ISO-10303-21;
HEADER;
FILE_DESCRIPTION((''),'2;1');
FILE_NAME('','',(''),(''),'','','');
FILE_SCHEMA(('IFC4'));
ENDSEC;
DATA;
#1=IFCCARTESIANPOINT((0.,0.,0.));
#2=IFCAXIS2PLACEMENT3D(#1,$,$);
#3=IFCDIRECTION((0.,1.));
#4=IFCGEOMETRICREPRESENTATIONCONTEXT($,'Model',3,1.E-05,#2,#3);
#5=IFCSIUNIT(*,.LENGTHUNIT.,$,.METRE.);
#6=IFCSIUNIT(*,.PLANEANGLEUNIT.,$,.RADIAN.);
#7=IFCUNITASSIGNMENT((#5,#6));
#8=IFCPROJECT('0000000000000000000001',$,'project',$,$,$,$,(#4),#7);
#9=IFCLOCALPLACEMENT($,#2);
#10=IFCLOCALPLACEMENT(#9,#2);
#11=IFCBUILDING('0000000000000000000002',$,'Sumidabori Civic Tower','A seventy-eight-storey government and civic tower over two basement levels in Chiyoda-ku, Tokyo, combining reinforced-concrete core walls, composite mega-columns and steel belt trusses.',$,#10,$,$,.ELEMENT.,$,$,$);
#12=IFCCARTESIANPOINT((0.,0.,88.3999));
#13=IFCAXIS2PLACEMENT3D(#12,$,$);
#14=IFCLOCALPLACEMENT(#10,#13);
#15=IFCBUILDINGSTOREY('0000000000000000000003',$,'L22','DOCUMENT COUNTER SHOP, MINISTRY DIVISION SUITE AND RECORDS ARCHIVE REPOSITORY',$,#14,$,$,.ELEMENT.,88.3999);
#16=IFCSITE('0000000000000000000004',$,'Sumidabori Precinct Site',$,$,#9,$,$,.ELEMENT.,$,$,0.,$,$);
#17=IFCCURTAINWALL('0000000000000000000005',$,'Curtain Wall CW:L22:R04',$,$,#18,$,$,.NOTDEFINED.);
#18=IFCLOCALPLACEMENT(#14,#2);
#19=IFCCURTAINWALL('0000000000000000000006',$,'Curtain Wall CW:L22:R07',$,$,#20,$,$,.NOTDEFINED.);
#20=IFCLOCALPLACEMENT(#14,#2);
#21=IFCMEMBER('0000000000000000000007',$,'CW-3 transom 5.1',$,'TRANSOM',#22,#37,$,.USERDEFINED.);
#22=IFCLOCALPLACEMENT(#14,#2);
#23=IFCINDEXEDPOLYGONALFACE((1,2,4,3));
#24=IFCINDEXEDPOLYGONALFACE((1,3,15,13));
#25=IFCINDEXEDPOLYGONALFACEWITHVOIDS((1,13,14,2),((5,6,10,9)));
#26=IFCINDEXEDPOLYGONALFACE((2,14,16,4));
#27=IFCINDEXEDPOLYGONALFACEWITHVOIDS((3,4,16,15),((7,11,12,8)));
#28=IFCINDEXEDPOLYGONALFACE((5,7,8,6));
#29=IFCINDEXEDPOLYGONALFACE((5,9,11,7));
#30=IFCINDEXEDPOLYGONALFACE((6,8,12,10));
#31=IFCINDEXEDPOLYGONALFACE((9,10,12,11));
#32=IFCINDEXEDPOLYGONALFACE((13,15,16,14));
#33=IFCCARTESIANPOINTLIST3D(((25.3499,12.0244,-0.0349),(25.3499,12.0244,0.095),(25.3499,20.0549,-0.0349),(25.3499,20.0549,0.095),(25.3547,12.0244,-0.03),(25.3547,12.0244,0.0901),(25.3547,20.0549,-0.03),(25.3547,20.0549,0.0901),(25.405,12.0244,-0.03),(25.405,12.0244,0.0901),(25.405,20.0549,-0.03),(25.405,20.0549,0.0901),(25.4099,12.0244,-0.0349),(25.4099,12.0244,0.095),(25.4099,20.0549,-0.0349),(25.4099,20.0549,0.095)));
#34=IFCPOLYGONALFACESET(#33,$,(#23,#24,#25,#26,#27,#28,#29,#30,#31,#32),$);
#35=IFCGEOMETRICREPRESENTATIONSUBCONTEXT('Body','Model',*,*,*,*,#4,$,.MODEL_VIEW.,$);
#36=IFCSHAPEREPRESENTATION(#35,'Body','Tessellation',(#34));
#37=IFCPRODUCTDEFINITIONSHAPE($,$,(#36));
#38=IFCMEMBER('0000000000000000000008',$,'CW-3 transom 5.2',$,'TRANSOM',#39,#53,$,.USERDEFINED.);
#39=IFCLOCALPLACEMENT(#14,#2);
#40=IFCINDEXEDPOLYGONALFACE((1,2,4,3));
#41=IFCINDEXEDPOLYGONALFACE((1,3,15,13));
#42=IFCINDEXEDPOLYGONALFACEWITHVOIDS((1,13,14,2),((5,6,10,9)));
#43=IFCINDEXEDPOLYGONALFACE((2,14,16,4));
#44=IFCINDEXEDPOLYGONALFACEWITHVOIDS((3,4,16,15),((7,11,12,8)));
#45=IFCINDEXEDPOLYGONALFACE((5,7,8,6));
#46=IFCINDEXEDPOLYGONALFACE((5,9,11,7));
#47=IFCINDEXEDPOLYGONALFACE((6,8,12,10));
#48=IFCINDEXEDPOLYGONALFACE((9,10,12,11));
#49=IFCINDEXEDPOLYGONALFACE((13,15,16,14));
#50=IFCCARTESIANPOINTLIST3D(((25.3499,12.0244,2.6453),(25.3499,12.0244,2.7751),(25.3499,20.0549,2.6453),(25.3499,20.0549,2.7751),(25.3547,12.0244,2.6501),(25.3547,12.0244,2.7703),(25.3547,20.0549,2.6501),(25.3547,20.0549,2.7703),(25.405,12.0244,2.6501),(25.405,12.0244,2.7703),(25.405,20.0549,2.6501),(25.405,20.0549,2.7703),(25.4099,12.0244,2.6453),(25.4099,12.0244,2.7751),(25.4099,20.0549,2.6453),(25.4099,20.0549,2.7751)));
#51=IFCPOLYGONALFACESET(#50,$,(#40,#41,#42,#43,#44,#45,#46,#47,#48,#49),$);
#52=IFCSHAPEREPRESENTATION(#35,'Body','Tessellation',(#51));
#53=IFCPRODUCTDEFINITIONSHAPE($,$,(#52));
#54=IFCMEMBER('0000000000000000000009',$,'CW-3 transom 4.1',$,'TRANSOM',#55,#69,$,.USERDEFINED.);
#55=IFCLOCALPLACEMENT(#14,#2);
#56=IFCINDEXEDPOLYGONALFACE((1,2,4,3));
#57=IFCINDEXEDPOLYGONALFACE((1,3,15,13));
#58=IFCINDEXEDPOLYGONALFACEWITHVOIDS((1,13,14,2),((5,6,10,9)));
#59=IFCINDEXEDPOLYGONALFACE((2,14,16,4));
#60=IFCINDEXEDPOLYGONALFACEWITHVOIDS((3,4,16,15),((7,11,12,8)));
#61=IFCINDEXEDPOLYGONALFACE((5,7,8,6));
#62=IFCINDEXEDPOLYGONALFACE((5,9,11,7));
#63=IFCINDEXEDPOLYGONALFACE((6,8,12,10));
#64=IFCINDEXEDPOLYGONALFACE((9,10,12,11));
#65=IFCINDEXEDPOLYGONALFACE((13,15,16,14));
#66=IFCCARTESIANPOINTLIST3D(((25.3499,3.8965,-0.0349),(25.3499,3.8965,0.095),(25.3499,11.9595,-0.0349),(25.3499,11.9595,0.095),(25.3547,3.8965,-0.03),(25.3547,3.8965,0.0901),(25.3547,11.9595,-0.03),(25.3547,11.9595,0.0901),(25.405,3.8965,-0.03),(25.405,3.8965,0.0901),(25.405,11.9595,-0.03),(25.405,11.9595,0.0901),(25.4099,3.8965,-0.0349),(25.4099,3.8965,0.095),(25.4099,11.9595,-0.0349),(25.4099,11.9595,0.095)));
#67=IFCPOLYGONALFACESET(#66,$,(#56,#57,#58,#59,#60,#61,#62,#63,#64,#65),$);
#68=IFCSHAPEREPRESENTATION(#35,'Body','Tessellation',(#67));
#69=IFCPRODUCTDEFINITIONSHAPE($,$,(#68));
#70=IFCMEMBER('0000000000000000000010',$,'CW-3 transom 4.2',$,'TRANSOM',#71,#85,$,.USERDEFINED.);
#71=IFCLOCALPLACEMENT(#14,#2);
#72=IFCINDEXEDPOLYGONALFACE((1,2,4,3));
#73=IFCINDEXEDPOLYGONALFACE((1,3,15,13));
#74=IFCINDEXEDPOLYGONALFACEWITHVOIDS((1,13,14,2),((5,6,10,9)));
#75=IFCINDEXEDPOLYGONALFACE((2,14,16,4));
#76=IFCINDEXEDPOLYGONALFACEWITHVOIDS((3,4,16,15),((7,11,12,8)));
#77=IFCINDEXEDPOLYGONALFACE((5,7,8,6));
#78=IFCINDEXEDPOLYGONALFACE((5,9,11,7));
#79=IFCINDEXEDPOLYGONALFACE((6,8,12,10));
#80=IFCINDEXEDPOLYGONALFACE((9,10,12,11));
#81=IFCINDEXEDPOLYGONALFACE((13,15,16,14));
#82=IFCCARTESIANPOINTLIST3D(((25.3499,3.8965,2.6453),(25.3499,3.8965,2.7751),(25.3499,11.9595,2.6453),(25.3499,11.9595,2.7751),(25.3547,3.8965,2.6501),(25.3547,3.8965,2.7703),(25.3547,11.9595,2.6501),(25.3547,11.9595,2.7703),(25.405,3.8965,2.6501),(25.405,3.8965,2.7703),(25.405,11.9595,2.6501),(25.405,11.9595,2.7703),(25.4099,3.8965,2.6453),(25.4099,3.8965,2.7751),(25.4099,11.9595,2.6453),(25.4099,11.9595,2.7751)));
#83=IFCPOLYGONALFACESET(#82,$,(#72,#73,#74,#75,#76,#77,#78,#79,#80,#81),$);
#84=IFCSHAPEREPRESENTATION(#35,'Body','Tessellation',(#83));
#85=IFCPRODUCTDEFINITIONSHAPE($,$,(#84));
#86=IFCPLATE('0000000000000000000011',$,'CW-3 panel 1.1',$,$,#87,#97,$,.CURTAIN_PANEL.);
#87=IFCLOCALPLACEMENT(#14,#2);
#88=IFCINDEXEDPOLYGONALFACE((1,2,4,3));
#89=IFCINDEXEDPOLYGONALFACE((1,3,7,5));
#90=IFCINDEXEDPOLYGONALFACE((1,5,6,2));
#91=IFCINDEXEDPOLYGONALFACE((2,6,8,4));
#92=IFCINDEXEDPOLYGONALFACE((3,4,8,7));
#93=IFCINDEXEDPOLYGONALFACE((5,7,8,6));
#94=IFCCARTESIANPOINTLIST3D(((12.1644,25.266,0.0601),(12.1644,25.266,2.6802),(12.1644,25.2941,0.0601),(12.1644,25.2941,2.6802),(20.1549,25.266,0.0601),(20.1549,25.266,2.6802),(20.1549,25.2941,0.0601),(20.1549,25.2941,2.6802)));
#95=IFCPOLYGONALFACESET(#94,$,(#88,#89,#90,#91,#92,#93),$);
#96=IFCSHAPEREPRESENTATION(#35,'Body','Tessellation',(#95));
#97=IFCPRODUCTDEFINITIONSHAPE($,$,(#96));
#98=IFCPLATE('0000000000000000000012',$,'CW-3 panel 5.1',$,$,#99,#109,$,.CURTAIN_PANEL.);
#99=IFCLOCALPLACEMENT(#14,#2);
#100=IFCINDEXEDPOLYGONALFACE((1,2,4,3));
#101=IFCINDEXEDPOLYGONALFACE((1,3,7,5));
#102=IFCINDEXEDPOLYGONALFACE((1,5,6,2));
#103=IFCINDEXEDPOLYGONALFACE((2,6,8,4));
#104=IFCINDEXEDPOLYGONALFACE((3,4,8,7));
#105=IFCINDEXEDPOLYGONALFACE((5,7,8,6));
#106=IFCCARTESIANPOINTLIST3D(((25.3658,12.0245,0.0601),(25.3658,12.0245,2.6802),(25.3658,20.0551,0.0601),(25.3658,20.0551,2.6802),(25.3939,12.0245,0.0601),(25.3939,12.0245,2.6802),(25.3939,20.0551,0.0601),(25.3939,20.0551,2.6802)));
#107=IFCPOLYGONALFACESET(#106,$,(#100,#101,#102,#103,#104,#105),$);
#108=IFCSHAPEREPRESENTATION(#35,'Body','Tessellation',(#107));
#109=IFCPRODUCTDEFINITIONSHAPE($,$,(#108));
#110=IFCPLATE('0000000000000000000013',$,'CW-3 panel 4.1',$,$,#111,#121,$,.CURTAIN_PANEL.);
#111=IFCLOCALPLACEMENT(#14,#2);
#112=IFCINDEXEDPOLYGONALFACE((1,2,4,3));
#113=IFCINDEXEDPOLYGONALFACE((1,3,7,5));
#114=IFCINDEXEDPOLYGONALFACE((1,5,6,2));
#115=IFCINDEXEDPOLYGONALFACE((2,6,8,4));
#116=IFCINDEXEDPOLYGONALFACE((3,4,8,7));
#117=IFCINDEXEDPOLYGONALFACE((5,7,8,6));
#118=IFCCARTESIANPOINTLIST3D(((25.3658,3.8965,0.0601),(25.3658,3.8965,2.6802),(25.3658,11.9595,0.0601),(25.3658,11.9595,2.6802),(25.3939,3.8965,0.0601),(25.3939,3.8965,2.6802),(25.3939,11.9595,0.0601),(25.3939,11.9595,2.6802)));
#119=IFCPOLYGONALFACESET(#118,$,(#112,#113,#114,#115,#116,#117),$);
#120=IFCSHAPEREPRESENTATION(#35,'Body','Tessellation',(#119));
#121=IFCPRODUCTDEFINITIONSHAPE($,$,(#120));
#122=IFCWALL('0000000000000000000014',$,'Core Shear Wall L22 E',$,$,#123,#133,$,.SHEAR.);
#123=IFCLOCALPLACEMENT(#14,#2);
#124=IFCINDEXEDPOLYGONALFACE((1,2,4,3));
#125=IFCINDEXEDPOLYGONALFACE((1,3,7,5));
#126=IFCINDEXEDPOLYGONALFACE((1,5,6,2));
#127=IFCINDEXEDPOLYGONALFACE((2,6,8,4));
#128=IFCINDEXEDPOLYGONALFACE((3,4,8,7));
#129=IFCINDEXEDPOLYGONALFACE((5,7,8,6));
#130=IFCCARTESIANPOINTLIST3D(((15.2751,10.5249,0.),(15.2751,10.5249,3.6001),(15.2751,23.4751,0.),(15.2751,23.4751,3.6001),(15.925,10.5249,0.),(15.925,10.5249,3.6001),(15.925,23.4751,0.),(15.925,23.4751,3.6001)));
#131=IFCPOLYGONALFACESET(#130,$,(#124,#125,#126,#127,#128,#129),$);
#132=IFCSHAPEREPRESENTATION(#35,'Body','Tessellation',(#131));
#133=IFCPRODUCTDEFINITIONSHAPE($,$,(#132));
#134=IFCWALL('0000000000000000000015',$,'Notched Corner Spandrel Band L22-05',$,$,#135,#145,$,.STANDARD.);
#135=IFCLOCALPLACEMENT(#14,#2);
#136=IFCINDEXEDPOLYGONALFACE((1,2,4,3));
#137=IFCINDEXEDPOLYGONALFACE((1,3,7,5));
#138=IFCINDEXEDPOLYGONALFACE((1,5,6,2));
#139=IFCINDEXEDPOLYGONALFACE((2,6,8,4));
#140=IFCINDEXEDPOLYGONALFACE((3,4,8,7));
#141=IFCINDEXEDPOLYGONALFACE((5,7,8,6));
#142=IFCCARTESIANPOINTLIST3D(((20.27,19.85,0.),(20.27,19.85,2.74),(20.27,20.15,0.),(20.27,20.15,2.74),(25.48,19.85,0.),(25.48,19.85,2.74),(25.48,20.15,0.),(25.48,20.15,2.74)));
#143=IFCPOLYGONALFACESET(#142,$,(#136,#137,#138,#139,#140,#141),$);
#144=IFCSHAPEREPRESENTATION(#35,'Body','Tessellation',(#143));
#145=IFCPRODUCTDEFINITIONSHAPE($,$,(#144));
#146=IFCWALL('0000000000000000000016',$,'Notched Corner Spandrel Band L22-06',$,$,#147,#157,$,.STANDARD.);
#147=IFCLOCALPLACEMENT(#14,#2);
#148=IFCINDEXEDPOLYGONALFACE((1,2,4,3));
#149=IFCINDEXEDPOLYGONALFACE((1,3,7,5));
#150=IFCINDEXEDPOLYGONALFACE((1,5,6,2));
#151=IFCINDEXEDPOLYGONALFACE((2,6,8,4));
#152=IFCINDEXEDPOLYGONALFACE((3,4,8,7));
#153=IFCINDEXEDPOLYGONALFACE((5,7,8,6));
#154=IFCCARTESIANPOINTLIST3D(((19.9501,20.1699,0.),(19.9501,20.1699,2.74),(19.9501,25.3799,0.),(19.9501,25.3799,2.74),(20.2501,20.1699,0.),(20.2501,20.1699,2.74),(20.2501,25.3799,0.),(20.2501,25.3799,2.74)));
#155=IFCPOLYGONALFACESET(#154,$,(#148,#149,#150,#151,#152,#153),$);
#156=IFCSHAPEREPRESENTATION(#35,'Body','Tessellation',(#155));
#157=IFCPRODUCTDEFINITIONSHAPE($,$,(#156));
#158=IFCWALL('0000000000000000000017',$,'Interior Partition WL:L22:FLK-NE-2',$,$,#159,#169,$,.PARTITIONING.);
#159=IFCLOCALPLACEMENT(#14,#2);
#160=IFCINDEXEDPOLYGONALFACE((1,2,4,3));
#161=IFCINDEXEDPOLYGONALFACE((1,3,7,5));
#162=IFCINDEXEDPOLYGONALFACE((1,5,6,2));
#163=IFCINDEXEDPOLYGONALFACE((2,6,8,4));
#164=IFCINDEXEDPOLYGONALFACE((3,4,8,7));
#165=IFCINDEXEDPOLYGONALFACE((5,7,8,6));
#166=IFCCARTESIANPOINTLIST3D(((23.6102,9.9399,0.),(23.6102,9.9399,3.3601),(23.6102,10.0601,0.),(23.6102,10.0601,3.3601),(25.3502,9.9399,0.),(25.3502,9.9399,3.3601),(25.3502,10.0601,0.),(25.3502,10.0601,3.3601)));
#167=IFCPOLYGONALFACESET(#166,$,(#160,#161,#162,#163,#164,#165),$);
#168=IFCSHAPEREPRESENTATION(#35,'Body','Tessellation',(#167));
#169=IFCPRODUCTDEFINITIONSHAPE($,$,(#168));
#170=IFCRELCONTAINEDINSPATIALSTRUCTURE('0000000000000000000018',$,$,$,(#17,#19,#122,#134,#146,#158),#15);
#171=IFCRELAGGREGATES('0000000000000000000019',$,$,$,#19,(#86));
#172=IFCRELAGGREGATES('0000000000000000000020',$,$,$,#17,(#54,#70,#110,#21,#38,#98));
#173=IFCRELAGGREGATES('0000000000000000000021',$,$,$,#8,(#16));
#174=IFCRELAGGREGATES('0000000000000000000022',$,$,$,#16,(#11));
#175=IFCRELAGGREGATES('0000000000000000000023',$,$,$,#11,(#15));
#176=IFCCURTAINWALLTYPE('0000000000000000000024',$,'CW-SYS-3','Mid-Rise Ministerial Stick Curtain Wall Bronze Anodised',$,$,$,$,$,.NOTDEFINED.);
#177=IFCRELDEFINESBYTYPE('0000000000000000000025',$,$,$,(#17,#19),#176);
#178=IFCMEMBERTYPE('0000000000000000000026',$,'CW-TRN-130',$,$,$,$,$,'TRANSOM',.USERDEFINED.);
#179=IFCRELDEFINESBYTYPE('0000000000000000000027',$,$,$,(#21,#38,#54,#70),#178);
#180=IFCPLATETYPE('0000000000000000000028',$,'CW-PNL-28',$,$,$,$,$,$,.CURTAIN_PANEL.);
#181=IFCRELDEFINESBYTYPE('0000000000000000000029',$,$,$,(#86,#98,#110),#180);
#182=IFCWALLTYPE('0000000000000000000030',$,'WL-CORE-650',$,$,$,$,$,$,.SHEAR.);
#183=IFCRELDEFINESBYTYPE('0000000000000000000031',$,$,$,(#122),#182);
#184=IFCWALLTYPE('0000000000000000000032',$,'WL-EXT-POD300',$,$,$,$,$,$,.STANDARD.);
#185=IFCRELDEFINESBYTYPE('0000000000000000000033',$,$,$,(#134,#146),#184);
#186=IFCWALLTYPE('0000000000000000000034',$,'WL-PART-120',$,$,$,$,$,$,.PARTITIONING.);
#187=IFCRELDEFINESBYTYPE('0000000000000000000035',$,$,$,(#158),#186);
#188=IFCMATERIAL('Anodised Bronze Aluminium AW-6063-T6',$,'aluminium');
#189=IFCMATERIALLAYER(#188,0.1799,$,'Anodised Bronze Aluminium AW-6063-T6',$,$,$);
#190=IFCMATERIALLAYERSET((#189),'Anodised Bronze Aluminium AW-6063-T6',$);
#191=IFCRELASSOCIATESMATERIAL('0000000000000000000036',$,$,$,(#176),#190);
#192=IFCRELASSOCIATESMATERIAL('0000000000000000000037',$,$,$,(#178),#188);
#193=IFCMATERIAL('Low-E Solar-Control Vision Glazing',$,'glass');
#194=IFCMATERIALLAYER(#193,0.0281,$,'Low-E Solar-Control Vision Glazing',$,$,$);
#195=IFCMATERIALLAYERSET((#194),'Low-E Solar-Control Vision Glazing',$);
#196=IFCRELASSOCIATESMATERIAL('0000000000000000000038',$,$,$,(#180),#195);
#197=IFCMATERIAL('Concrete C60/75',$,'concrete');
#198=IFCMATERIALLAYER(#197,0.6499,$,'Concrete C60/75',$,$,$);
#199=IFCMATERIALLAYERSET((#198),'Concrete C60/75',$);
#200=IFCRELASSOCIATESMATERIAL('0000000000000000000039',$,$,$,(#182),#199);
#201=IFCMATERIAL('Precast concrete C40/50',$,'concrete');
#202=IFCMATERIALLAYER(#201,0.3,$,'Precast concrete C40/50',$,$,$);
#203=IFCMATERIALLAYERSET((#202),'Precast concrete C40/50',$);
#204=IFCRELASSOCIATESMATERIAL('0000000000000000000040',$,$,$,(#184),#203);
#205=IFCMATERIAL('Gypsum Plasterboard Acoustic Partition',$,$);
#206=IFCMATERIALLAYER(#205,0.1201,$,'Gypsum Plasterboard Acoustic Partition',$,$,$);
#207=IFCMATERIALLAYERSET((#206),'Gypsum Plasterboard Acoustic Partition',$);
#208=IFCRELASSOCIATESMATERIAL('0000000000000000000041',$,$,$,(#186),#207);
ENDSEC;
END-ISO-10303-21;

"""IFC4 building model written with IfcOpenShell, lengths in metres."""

from ifc_helpers import new_model, si_unit, direction, frame, frame_2d, origin, origin_2d, place, context, subcontext, project, spatial, rectangle, hollow_rectangle, extrude, source, transform, mapped, material, layer, layer_set, material_profile, profile_set, type_object, element, aggregate, save


model = new_model("IFC4")

# Units and contexts
model_context = context("Model", 3, precision=1e-05, world=origin(), true_north=direction((0.0, 1.0)))
body_context = subcontext(model_context, "Body", "Model", "MODEL_VIEW")
ifc_project = project(units=[si_unit("LENGTHUNIT", "METRE"), si_unit("PLANEANGLEUNIT", "RADIAN")], contexts=[model_context])

# Site, building, storey
site_placement = place(None, origin())
site = spatial("IfcSite", under=ifc_project, at=site_placement, Name="Sumidabori Precinct Site", CompositionType="ELEMENT", RefElevation=0.0)
building_placement = place(site_placement, origin())
building = spatial("IfcBuilding", under=site, at=building_placement, Name="Sumidabori Civic Tower", Description="A seventy-eight-storey government and civic tower over two basement levels in Chiyoda-ku, Tokyo, combining reinforced-concrete core walls, composite mega-columns and steel belt trusses.", CompositionType="ELEMENT")
storey_placement = place(building_placement, frame((0.0, 0.0, 88.3999)))
storey = spatial("IfcBuildingStorey", under=building, at=storey_placement, Name="L22", Description="DOCUMENT COUNTER SHOP, MINISTRY DIVISION SUITE AND RECORDS ARCHIVE REPOSITORY", CompositionType="ELEMENT", Elevation=88.3999)

# Shared definitions
ifc_material_1 = material(Name="Concrete C60/75", Category="concrete")

# Curtain walls
ifc_material_2 = material(Name="Anodised Bronze Aluminium AW-6063-T6", Category="aluminium")
ifc_layer_1 = layer(ifc_material_2, 0.1799, Name="Anodised Bronze Aluminium AW-6063-T6")
ifc_layer_set_1 = layer_set([ifc_layer_1], Name="Anodised Bronze Aluminium AW-6063-T6")
curtain_wall_type = type_object("IfcCurtainWallType", Name="CW-SYS-3", Description="Mid-Rise Ministerial Stick Curtain Wall Bronze Anodised", PredefinedType="NOTDEFINED", material=ifc_layer_set_1)
curtain_wall_1_placement = place(storey_placement, origin())
curtain_wall_1 = element("IfcCurtainWall", 1, at=curtain_wall_1_placement, inside=storey, type_object=curtain_wall_type, Name="Curtain Wall CW:L22:R04", PredefinedType="NOTDEFINED")
curtain_wall_2_placement = place(storey_placement, origin())
curtain_wall_2 = element("IfcCurtainWall", 2, at=curtain_wall_2_placement, inside=storey, type_object=curtain_wall_type, Name="Curtain Wall CW:L22:R07", PredefinedType="NOTDEFINED")
ifc_material_profile_1 = material_profile(ifc_material_2, hollow_rectangle(XDim=0.0601, YDim=0.1299, WallThickness=0.0049, at=origin_2d()), Name="ALU TRANSOM 130x60")
ifc_profile_set_1 = profile_set([ifc_material_profile_1], Name="Anodised Bronze Aluminium AW-6063-T6")
member_type_1 = type_object("IfcMemberType", Name="CW-TRN-130", ElementType="TRANSOM", PredefinedType="USERDEFINED", material=ifc_profile_set_1)

# Members
shared_shape_1 = source(origin(), body_context, "Body", "SweptSolid", [
    extrude(hollow_rectangle(XDim=0.0601, YDim=0.1299, WallThickness=0.0049, at=origin_2d()), origin(), (0.0, 0.0, 1.0), 8.0305),
])
member_1_placement = place(storey_placement, frame((25.3799, 12.0244, 0.03), z_axis=(0.0, 1.0, 0.0), x_axis=(-1.0, 0.0, 0.0)))
member_1 = element("IfcMember", 3, at=member_1_placement, type_object=member_type_1, Name="CW-3 transom 5.1", ObjectType="TRANSOM", PredefinedType="USERDEFINED", context=body_context, shape_type="MappedRepresentation", body=[
    mapped(shared_shape_1, transform((0.0, 0.0, 0.0), x_axis=(1.0, 0.0, 0.0), y_axis=(0.0, 1.0, 0.0), z_axis=(0.0, 0.0, 1.0), scale=1.0)),
])
member_2_placement = place(storey_placement, frame((25.3799, 12.0244, 2.7102), z_axis=(0.0, 1.0, 0.0), x_axis=(-1.0, 0.0, 0.0)))
member_2 = element("IfcMember", 4, at=member_2_placement, type_object=member_type_1, Name="CW-3 transom 5.2", ObjectType="TRANSOM", PredefinedType="USERDEFINED", context=body_context, shape_type="MappedRepresentation", body=[
    mapped(shared_shape_1, transform((0.0, 0.0, 0.0), x_axis=(1.0, 0.0, 0.0), y_axis=(0.0, 1.0, 0.0), z_axis=(0.0, 0.0, 1.0), scale=1.0)),
])
shared_shape_2 = source(origin(), body_context, "Body", "SweptSolid", [
    extrude(hollow_rectangle(XDim=0.0601, YDim=0.1299, WallThickness=0.0049, at=origin_2d()), origin(), (0.0, 0.0, 1.0), 8.063),
])
member_3_placement = place(storey_placement, frame((25.3799, 3.8965, 0.03), z_axis=(0.0, 1.0, 0.0), x_axis=(-1.0, 0.0, 0.0)))
member_3 = element("IfcMember", 5, at=member_3_placement, type_object=member_type_1, Name="CW-3 transom 4.1", ObjectType="TRANSOM", PredefinedType="USERDEFINED", context=body_context, shape_type="MappedRepresentation", body=[
    mapped(shared_shape_2, transform((0.0, 0.0, 0.0), x_axis=(1.0, 0.0, 0.0), y_axis=(0.0, 1.0, 0.0), z_axis=(0.0, 0.0, 1.0), scale=1.0)),
])
member_4_placement = place(storey_placement, frame((25.3799, 3.8965, 2.7102), z_axis=(0.0, 1.0, 0.0), x_axis=(-1.0, 0.0, 0.0)))
member_4 = element("IfcMember", 6, at=member_4_placement, type_object=member_type_1, Name="CW-3 transom 4.2", ObjectType="TRANSOM", PredefinedType="USERDEFINED", context=body_context, shape_type="MappedRepresentation", body=[
    mapped(shared_shape_2, transform((0.0, 0.0, 0.0), x_axis=(1.0, 0.0, 0.0), y_axis=(0.0, 1.0, 0.0), z_axis=(0.0, 0.0, 1.0), scale=1.0)),
])

# Plates
ifc_material_3 = material(Name="Low-E Solar-Control Vision Glazing", Category="glass")
ifc_layer_2 = layer(ifc_material_3, 0.0281, Name="Low-E Solar-Control Vision Glazing")
ifc_layer_set_2 = layer_set([ifc_layer_2], Name="Low-E Solar-Control Vision Glazing")
plate_type = type_object("IfcPlateType", Name="CW-PNL-28", PredefinedType="CURTAIN_PANEL", material=ifc_layer_set_2)
shared_shape_3 = source(origin(), body_context, "Body", "SweptSolid", [
    extrude(rectangle(XDim=7.9905, YDim=0.0281, at=origin_2d()), origin(), (0.0, 0.0, 1.0), 2.6201),
])
plate_1_placement = place(storey_placement, frame((16.1597, 25.28, 0.0601), z_axis=(0.0, 0.0, 1.0), x_axis=(-1.0, 0.0, 0.0)))
plate_1 = element("IfcPlate", 7, at=plate_1_placement, type_object=plate_type, Name="CW-3 panel 1.1", PredefinedType="CURTAIN_PANEL", context=body_context, shape_type="MappedRepresentation", body=[
    mapped(shared_shape_3, transform((0.0, 0.0, 0.0), x_axis=(1.0, 0.0, 0.0), y_axis=(0.0, 1.0, 0.0), z_axis=(0.0, 0.0, 1.0), scale=1.0)),
])
aggregate(curtain_wall_2, [plate_1])
shared_shape_4 = source(origin(), body_context, "Body", "SweptSolid", [
    extrude(rectangle(XDim=8.0305, YDim=0.0281, at=origin_2d()), origin(), (0.0, 0.0, 1.0), 2.6201),
])
plate_2_placement = place(storey_placement, frame((25.3799, 16.0398, 0.0601), z_axis=(0.0, 0.0, 1.0), x_axis=(0.0, 1.0, 0.0)))
plate_2 = element("IfcPlate", 8, at=plate_2_placement, type_object=plate_type, Name="CW-3 panel 5.1", PredefinedType="CURTAIN_PANEL", context=body_context, shape_type="MappedRepresentation", body=[
    mapped(shared_shape_4, transform((0.0, 0.0, 0.0), x_axis=(1.0, 0.0, 0.0), y_axis=(0.0, 1.0, 0.0), z_axis=(0.0, 0.0, 1.0), scale=1.0)),
])
shared_shape_5 = source(origin(), body_context, "Body", "SweptSolid", [
    extrude(rectangle(XDim=8.063, YDim=0.0281, at=origin_2d()), origin(), (0.0, 0.0, 1.0), 2.6201),
])
plate_3_placement = place(storey_placement, frame((25.3799, 7.928, 0.0601), z_axis=(0.0, 0.0, 1.0), x_axis=(0.0, 1.0, 0.0)))
plate_3 = element("IfcPlate", 9, at=plate_3_placement, type_object=plate_type, Name="CW-3 panel 4.1", PredefinedType="CURTAIN_PANEL", context=body_context, shape_type="MappedRepresentation", body=[
    mapped(shared_shape_5, transform((0.0, 0.0, 0.0), x_axis=(1.0, 0.0, 0.0), y_axis=(0.0, 1.0, 0.0), z_axis=(0.0, 0.0, 1.0), scale=1.0)),
])
aggregate(curtain_wall_1, [member_3, member_4, plate_3, member_1, member_2, plate_2])

# Walls
ifc_layer_3 = layer(ifc_material_1, 0.6499, Name="Concrete C60/75")
ifc_layer_set_3 = layer_set([ifc_layer_3], Name="Concrete C60/75")
wall_type_1 = type_object("IfcWallType", Name="WL-CORE-650", PredefinedType="SHEAR", material=ifc_layer_set_3)
shared_shape_6 = source(origin(), body_context, "Body", "SweptSolid", [
    extrude(rectangle(XDim=12.9502, YDim=0.6499, at=frame_2d((6.4751, 0.0))), origin(), (0.0, 0.0, 1.0), 3.6001),
])
wall_1_placement = place(storey_placement, frame((15.6001, 10.5249, 0.0), z_axis=(0.0, 0.0, 1.0), x_axis=(0.0, 1.0, 0.0)))
element("IfcWall", 10, at=wall_1_placement, inside=storey, type_object=wall_type_1, Name="Core Shear Wall L22 E", PredefinedType="SHEAR", context=body_context, shape_type="MappedRepresentation", body=[
    mapped(shared_shape_6, transform((0.0, 0.0, 0.0), x_axis=(1.0, 0.0, 0.0), y_axis=(0.0, 1.0, 0.0), z_axis=(0.0, 0.0, 1.0), scale=1.0)),
])
ifc_material_4 = material(Name="Precast concrete C40/50", Category="concrete")
ifc_layer_4 = layer(ifc_material_4, 0.3, Name="Precast concrete C40/50")
ifc_layer_set_4 = layer_set([ifc_layer_4], Name="Precast concrete C40/50")
wall_type_2 = type_object("IfcWallType", Name="WL-EXT-POD300", PredefinedType="STANDARD", material=ifc_layer_set_4)
shared_shape_7 = source(origin(), body_context, "Body", "SweptSolid", [
    extrude(rectangle(XDim=5.21, YDim=0.3, at=frame_2d((2.605, 0.0))), origin(), (0.0, 0.0, 1.0), 2.74),
])
for number, where, z_axis, x_axis, name in (
    (11, (25.48, 20.0, 0.0), (0.0, 0.0, 1.0), (-1.0, 0.0, 0.0), "Notched Corner Spandrel Band L22-05"),
    (12, (20.1001, 20.1699, 0.0), (0.0, 0.0, 1.0), (0.0, 1.0, 0.0), "Notched Corner Spandrel Band L22-06"),
):
    element("IfcWall", number, at=place(storey_placement, frame(where, z_axis=z_axis, x_axis=x_axis)), inside=storey, type_object=wall_type_2, Name=name, PredefinedType="STANDARD", context=body_context, shape_type="MappedRepresentation", body=[
        mapped(shared_shape_7, transform((0.0, 0.0, 0.0), x_axis=(1.0, 0.0, 0.0), y_axis=(0.0, 1.0, 0.0), z_axis=(0.0, 0.0, 1.0), scale=1.0)),
    ])
ifc_material_5 = material(Name="Gypsum Plasterboard Acoustic Partition")
ifc_layer_5 = layer(ifc_material_5, 0.1201, Name="Gypsum Plasterboard Acoustic Partition")
ifc_layer_set_5 = layer_set([ifc_layer_5], Name="Gypsum Plasterboard Acoustic Partition")
wall_type_3 = type_object("IfcWallType", Name="WL-PART-120", PredefinedType="PARTITIONING", material=ifc_layer_set_5)
shared_shape_8 = source(origin(), body_context, "Body", "SweptSolid", [
    extrude(rectangle(XDim=1.74, YDim=0.1201, at=frame_2d((0.8701, 0.0))), origin(), (0.0, 0.0, 1.0), 3.3601),
])
wall_2_placement = place(storey_placement, frame((23.6101, 10.0, 0.0), z_axis=(0.0, 0.0, 1.0), x_axis=(1.0, 0.0, 0.0)))
element("IfcWall", 13, at=wall_2_placement, inside=storey, type_object=wall_type_3, Name="Interior Partition WL:L22:FLK-NE-2", PredefinedType="PARTITIONING", context=body_context, shape_type="MappedRepresentation", body=[
    mapped(shared_shape_8, transform((0.0, 0.0, 0.0), x_axis=(1.0, 0.0, 0.0), y_axis=(0.0, 1.0, 0.0), z_axis=(0.0, 0.0, 1.0), scale=1.0)),
])

save(model, "model.ifc")
